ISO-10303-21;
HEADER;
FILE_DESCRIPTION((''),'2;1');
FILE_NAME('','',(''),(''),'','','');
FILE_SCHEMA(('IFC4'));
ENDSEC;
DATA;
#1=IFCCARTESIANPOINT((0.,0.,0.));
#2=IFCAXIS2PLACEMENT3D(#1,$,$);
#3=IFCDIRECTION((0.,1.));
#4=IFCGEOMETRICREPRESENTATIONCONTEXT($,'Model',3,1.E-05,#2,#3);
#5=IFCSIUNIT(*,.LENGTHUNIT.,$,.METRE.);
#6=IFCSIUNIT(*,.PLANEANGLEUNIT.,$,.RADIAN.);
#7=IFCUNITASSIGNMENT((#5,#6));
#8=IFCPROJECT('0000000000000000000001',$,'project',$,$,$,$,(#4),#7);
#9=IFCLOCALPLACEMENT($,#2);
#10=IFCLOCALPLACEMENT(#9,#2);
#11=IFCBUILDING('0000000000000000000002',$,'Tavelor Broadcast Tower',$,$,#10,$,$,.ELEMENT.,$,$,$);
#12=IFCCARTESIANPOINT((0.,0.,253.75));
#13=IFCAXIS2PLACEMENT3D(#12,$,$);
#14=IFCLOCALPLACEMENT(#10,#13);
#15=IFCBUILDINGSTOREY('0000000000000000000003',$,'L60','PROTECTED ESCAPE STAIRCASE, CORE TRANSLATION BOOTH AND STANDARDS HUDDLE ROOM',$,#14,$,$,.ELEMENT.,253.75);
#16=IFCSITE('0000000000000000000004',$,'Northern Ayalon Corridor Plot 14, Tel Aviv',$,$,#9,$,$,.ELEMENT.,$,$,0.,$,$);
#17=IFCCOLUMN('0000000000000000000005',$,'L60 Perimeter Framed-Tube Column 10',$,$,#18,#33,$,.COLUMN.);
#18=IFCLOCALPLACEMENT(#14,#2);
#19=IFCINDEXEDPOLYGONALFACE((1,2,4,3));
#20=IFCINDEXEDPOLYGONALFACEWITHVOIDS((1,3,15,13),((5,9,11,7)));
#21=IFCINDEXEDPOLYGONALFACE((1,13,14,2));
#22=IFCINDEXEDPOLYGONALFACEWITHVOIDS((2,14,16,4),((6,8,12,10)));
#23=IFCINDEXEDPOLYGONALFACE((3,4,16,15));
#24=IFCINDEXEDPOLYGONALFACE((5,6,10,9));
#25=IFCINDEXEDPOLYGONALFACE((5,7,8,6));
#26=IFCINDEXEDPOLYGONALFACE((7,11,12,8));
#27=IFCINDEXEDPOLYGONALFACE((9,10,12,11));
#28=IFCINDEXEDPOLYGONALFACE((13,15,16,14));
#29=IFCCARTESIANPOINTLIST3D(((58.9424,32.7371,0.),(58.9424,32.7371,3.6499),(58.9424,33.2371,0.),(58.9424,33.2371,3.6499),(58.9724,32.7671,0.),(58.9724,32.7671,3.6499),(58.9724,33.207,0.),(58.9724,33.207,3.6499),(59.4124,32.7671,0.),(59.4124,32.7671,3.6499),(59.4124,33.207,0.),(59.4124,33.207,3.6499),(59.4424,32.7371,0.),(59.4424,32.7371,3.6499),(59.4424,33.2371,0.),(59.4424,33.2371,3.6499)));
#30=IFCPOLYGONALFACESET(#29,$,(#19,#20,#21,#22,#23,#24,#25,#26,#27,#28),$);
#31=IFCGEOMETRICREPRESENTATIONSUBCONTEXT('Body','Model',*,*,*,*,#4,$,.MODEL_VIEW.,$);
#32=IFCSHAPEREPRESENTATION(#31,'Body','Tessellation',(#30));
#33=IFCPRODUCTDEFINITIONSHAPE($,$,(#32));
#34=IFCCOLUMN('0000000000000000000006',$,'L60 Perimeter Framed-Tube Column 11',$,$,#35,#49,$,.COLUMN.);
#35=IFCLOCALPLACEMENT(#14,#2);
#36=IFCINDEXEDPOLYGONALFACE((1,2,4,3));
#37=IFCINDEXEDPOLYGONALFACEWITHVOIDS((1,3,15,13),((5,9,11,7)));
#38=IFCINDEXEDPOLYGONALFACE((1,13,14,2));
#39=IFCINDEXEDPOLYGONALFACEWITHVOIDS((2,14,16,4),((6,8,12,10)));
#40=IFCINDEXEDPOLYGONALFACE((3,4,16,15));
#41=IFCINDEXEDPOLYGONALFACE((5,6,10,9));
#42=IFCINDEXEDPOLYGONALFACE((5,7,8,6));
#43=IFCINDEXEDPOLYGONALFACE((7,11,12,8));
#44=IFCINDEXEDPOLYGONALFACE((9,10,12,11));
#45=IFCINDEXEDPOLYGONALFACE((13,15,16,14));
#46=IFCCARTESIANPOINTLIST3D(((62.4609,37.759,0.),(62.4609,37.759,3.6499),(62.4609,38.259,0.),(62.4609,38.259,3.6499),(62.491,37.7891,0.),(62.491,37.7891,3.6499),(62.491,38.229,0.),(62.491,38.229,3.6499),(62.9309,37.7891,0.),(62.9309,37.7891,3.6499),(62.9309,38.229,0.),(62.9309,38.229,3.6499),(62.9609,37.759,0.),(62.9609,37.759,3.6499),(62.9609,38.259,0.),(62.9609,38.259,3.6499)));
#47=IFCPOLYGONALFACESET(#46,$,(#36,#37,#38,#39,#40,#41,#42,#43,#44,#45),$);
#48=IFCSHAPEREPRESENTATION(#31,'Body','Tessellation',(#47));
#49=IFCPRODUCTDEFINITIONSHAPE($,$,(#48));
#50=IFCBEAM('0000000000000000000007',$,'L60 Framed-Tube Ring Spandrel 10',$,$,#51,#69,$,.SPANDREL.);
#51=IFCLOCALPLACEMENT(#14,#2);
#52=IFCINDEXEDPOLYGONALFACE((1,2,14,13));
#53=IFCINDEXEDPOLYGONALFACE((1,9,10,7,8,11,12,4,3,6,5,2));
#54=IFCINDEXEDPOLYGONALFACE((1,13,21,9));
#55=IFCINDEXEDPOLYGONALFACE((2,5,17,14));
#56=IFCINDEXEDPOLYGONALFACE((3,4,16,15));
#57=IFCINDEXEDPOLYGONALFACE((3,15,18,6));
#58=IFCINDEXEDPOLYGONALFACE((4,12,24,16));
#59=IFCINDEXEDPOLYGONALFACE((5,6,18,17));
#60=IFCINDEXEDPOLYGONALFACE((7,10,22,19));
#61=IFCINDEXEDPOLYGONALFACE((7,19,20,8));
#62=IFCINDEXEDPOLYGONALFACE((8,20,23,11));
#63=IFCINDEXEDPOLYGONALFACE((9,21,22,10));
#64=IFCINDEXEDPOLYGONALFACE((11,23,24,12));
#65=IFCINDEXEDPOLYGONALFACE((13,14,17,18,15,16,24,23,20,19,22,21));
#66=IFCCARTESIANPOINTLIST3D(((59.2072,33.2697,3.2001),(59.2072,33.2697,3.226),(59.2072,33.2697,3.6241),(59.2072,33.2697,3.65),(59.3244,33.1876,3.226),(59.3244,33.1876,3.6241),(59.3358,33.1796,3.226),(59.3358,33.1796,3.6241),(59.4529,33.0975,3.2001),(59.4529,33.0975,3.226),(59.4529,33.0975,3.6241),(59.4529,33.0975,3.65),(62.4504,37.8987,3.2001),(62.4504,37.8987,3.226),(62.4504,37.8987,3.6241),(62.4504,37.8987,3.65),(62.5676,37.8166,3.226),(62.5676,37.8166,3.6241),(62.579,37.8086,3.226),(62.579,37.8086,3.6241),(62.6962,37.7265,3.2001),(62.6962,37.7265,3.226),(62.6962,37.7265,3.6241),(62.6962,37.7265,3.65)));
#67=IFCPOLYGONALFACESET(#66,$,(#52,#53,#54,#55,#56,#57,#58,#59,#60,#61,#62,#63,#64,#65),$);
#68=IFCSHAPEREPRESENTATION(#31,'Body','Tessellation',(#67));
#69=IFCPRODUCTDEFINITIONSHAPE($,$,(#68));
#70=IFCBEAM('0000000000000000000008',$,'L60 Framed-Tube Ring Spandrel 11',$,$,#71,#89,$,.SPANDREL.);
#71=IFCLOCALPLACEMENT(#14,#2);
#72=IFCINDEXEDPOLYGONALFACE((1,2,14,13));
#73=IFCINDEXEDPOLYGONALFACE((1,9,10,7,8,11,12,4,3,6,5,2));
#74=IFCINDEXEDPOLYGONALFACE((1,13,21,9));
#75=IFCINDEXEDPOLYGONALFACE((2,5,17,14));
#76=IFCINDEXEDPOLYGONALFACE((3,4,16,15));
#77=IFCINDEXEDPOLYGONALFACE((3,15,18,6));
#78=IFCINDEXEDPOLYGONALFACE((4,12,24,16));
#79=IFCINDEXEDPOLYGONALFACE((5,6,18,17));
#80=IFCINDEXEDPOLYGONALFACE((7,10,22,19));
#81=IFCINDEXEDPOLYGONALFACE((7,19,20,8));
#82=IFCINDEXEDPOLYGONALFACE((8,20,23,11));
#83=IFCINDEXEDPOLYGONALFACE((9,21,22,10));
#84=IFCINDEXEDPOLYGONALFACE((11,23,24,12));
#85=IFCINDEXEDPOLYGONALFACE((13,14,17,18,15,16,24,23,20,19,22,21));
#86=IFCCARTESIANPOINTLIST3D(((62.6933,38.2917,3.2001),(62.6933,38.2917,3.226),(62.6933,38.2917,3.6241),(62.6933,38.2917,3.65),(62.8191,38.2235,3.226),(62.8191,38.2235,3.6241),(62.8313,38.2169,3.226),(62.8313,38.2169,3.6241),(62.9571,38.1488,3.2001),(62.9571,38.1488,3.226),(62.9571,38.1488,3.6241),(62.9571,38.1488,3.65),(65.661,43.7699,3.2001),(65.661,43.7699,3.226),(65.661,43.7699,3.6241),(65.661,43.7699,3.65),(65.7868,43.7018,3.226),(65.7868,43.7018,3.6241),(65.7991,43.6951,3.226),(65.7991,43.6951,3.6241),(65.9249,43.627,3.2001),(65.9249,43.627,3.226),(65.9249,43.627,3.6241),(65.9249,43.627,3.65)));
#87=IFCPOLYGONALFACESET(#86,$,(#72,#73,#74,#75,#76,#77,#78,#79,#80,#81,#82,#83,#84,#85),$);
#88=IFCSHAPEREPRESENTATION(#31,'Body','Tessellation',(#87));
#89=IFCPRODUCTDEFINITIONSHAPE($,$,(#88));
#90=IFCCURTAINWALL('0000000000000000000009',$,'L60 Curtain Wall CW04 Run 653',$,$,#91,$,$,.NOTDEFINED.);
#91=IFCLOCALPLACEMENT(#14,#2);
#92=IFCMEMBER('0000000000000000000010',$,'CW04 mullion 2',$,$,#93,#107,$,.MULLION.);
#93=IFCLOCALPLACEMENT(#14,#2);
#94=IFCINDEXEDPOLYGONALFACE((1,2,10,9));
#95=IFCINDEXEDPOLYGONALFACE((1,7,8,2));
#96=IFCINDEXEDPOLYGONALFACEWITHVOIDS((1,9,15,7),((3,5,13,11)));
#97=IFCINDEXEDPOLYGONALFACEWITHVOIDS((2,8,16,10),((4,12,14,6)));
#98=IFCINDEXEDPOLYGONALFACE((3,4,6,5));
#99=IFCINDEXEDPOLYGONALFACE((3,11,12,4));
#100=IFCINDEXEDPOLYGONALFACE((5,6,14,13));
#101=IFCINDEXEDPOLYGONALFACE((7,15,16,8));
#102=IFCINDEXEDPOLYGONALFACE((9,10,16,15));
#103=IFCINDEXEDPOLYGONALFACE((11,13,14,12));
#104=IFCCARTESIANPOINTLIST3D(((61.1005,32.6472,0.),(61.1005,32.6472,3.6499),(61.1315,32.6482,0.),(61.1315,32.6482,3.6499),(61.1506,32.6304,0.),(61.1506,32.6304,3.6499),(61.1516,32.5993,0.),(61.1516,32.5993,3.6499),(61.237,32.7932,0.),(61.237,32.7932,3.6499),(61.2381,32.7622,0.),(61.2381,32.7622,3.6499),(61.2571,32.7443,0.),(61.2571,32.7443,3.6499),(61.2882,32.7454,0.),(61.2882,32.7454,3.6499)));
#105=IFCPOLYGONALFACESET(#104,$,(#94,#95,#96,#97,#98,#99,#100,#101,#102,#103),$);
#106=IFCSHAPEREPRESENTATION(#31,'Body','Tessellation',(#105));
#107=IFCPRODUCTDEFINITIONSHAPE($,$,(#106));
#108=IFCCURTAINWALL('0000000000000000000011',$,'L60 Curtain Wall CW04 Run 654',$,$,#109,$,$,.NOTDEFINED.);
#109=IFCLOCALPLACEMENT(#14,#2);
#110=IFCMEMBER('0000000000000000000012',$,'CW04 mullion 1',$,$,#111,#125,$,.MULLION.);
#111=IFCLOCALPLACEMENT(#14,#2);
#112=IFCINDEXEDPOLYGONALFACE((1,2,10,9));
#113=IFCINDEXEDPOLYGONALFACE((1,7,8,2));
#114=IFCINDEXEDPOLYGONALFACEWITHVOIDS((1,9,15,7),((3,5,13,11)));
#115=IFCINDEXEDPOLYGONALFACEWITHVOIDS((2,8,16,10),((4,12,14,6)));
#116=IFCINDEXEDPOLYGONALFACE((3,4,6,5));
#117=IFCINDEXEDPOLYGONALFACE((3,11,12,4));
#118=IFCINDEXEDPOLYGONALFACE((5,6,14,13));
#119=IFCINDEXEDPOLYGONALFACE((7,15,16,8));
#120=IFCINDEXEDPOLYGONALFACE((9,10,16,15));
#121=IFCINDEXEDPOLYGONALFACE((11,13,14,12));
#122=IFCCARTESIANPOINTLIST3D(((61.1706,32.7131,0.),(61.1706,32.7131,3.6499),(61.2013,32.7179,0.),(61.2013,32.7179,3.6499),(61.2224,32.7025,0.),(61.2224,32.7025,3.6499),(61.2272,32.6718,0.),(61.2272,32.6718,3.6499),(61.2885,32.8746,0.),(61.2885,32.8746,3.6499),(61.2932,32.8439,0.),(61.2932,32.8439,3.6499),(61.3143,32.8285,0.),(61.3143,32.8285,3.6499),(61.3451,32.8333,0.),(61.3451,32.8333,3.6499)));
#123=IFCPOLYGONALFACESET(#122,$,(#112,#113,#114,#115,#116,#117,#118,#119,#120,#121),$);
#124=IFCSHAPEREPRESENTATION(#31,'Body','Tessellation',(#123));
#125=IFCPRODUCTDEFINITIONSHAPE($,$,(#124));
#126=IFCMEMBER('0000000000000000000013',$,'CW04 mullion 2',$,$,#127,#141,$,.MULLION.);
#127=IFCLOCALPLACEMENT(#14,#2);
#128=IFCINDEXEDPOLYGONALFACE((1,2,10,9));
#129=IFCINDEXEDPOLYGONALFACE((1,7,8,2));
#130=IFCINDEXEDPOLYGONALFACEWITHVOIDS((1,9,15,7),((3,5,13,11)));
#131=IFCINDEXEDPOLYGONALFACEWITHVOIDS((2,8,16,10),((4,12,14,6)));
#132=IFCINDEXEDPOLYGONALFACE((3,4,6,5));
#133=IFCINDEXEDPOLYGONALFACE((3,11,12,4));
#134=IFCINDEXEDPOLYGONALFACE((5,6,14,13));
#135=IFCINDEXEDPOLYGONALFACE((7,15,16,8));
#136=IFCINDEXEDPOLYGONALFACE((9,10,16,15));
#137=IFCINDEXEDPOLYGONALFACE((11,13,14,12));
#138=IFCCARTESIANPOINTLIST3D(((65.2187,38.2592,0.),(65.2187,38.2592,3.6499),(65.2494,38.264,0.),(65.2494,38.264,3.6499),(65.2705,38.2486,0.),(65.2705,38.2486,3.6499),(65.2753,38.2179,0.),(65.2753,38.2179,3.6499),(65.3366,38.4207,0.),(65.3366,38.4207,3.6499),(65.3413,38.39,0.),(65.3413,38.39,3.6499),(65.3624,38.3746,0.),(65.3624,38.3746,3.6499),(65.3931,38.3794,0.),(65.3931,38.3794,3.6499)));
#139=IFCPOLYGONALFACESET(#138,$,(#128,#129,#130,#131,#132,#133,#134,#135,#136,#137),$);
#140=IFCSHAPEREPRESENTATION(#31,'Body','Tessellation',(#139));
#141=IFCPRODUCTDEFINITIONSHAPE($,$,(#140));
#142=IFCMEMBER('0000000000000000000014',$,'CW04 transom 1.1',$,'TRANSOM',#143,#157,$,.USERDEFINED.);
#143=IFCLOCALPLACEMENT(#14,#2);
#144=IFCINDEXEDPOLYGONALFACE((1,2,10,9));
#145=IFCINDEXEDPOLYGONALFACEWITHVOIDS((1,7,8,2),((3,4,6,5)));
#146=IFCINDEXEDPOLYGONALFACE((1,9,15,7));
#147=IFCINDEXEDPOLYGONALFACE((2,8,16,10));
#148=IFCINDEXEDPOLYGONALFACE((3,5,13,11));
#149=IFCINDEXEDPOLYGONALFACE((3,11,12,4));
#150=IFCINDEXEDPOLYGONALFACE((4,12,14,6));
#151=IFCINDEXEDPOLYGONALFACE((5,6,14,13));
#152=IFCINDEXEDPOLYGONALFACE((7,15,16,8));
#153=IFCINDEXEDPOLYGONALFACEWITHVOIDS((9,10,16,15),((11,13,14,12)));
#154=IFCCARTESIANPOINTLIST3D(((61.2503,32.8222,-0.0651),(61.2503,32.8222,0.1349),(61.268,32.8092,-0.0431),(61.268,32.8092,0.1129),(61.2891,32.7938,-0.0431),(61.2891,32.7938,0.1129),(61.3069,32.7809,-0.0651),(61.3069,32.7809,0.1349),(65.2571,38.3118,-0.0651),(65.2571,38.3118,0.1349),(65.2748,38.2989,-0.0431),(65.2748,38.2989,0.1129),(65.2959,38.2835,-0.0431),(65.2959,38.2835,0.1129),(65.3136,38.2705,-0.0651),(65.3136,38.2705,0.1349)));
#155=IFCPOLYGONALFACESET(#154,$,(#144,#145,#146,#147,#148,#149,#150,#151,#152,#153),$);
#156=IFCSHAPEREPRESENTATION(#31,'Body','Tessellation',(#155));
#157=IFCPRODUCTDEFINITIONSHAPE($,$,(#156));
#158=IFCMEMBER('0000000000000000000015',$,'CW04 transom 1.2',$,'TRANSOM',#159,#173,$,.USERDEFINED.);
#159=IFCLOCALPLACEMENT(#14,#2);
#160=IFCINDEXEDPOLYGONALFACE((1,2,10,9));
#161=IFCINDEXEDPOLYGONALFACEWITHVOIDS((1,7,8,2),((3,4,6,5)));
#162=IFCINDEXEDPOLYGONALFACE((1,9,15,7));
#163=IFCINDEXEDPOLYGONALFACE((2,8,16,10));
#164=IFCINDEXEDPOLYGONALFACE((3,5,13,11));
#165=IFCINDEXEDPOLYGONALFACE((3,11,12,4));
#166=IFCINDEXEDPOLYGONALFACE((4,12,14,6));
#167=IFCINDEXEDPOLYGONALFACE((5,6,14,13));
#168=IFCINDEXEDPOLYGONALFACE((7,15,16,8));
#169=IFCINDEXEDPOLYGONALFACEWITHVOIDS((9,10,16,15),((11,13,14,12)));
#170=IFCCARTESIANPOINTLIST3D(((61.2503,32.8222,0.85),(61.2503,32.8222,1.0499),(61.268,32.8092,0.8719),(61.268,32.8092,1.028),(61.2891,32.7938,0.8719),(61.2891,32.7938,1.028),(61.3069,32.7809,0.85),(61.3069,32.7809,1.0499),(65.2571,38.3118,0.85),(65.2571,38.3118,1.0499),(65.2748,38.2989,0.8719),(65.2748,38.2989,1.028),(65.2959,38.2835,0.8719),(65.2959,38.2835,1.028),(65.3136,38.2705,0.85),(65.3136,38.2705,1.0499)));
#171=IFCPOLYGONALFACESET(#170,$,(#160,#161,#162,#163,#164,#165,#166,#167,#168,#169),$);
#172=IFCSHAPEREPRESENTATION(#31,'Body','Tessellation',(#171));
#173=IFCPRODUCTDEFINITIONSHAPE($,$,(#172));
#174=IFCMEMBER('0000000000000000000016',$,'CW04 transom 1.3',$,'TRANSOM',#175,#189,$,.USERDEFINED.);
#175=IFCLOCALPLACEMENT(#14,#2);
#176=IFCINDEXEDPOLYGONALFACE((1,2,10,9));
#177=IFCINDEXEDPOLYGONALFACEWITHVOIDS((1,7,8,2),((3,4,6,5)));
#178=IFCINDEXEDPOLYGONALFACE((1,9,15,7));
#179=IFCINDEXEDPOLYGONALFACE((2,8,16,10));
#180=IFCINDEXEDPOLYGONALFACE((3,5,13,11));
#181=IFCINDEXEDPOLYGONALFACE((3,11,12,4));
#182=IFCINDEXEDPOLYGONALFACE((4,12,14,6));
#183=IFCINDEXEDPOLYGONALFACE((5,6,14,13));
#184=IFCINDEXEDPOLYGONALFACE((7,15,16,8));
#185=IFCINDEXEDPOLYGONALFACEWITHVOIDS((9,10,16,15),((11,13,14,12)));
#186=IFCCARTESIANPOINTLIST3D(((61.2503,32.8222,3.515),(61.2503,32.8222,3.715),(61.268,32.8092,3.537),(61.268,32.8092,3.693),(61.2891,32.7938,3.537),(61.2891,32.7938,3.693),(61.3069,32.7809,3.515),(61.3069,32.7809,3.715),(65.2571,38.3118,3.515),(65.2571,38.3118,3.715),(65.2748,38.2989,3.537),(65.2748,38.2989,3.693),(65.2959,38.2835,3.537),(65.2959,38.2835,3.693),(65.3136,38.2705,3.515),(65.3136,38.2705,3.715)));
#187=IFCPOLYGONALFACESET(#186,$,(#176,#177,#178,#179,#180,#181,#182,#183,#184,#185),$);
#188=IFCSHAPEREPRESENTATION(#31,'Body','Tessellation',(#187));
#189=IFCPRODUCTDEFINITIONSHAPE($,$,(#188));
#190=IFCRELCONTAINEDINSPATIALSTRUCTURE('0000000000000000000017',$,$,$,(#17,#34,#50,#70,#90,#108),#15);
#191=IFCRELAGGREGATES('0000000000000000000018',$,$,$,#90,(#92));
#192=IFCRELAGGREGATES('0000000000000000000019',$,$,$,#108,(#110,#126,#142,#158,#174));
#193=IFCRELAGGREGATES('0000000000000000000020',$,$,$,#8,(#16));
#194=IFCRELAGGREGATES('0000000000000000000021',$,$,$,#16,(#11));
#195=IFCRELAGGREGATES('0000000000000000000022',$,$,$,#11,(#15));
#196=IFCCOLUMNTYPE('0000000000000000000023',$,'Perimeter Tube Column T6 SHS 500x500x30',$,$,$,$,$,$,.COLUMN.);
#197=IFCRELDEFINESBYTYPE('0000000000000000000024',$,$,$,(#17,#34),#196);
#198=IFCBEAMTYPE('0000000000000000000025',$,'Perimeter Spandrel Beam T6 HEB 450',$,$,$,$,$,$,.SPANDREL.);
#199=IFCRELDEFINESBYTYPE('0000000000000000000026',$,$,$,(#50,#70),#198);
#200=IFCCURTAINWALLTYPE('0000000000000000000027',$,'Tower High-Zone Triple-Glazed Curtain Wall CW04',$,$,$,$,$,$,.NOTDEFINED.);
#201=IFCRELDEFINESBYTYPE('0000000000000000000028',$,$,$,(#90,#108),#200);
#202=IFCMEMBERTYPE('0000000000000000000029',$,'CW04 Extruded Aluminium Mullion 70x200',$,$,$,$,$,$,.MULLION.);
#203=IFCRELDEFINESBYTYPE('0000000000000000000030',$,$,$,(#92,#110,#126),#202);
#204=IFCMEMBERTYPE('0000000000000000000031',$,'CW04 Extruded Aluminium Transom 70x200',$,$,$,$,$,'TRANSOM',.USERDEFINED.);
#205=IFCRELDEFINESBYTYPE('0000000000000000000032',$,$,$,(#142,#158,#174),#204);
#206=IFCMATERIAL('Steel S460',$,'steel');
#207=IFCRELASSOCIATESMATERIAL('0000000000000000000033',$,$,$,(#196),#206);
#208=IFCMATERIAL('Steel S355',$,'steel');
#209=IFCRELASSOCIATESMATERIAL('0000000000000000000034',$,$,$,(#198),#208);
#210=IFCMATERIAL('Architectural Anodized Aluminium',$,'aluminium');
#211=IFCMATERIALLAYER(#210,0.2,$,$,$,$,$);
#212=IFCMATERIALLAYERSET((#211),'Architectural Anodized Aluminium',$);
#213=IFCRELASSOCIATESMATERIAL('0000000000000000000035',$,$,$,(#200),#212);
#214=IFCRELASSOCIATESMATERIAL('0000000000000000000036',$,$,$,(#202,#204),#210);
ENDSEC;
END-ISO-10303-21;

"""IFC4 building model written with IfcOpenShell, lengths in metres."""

from ifc_helpers import new_model, si_unit, direction, frame, origin, origin_2d, place, context, subcontext, project, spatial, hollow_rectangle, i_section, extrude, source, transform, mapped, material, layer, layer_set, material_profile, profile_set, type_object, type_shapes, element, aggregate, save


model = new_model("IFC4")

# Units and contexts
model_context = context("Model", 3, precision=1e-05, world=origin(), true_north=direction((0.0, 1.0)))
body_context = subcontext(model_context, "Body", "Model", "MODEL_VIEW")
ifc_project = project(units=[si_unit("LENGTHUNIT", "METRE"), si_unit("PLANEANGLEUNIT", "RADIAN")], contexts=[model_context])

# Site, building, storey
site_placement = place(None, origin())
site = spatial("IfcSite", under=ifc_project, at=site_placement, Name="Northern Ayalon Corridor Plot 14, Tel Aviv", CompositionType="ELEMENT", RefElevation=0.0)
building_placement = place(site_placement, origin())
building = spatial("IfcBuilding", under=site, at=building_placement, Name="Tavelor Broadcast Tower", CompositionType="ELEMENT")
storey_placement = place(building_placement, frame((0.0, 0.0, 253.75)))
storey = spatial("IfcBuildingStorey", under=building, at=storey_placement, Name="L60", Description="PROTECTED ESCAPE STAIRCASE, CORE TRANSLATION BOOTH AND STANDARDS HUDDLE ROOM", CompositionType="ELEMENT", Elevation=253.75)

# Columns
ifc_material_1 = material(Name="Steel S460", Category="steel")
ifc_material_profile_1 = material_profile(ifc_material_1, hollow_rectangle(XDim=0.5, YDim=0.5, WallThickness=0.03, at=origin_2d()), Name="SHS 500x500x30")
ifc_profile_set_1 = profile_set([ifc_material_profile_1], Name="Steel S460")
column_type = type_object("IfcColumnType", Name="Perimeter Tube Column T6 SHS 500x500x30", PredefinedType="COLUMN", material=ifc_profile_set_1)
for number, where, z_axis, x_axis, name in (
    (1, (59.1924, 32.9871, 0.0), (0.0, 0.0, 1.0), (1.0, 0.0, 0.0), "L60 Perimeter Framed-Tube Column 10"),
    (2, (62.7109, 38.009, 0.0), (0.0, 0.0, 1.0), (1.0, 0.0, 0.0), "L60 Perimeter Framed-Tube Column 11"),
):
    element("IfcColumn", number, at=place(storey_placement, frame(where, z_axis=z_axis, x_axis=x_axis)), inside=storey, type_object=column_type, Name=name, PredefinedType="COLUMN", context=body_context, shape_type="SweptSolid", body=[
        extrude(hollow_rectangle(XDim=0.5, YDim=0.5, WallThickness=0.03, at=origin_2d()), origin(), (0.0, 0.0, 1.0), 3.6499),
    ])

# Beams
ifc_material_2 = material(Name="Steel S355", Category="steel")
ifc_material_profile_2 = material_profile(ifc_material_2, i_section(OverallWidth=0.3, OverallDepth=0.45, WebThickness=0.0139, FlangeThickness=0.0259, at=origin_2d()), Name="HEB 450")
ifc_profile_set_2 = profile_set([ifc_material_profile_2], Name="Steel S355")
beam_type = type_object("IfcBeamType", Name="Perimeter Spandrel Beam T6 HEB 450", PredefinedType="SPANDREL", material=ifc_profile_set_2)
beam_1_placement = place(storey_placement, frame((59.3301, 33.1836, 3.425), z_axis=(0.57381, 0.818988, 0.0), x_axis=(-0.818988, 0.57381, 0.0)))
element("IfcBeam", 3, at=beam_1_placement, inside=storey, type_object=beam_type, Name="L60 Framed-Tube Ring Spandrel 10", PredefinedType="SPANDREL", context=body_context, shape_type="SweptSolid", body=[
    extrude(i_section(OverallWidth=0.3, OverallDepth=0.45, WebThickness=0.0139, FlangeThickness=0.0259, at=origin_2d()), origin(), (0.0, 0.0, 1.0), 5.6521),
])
beam_2_placement = place(storey_placement, frame((62.8252, 38.2202, 3.425), z_axis=(0.47633, 0.879267, 0.0), x_axis=(-0.879267, 0.47633, 0.0)))
element("IfcBeam", 4, at=beam_2_placement, inside=storey, type_object=beam_type, Name="L60 Framed-Tube Ring Spandrel 11", PredefinedType="SPANDREL", context=body_context, shape_type="SweptSolid", body=[
    extrude(i_section(OverallWidth=0.3, OverallDepth=0.45, WebThickness=0.0139, FlangeThickness=0.0259, at=origin_2d()), origin(), (0.0, 0.0, 1.0), 6.2305),
])

# Curtain wall, member
ifc_material_3 = material(Name="Architectural Anodized Aluminium", Category="aluminium")
ifc_layer_1 = layer(ifc_material_3, 0.2)
ifc_layer_set_1 = layer_set([ifc_layer_1], Name="Architectural Anodized Aluminium")
curtain_wall_type = type_object("IfcCurtainWallType", Name="Tower High-Zone Triple-Glazed Curtain Wall CW04", PredefinedType="NOTDEFINED", material=ifc_layer_set_1)
curtain_wall_1_placement = place(storey_placement, origin())
curtain_wall_1 = element("IfcCurtainWall", 5, at=curtain_wall_1_placement, inside=storey, type_object=curtain_wall_type, Name="L60 Curtain Wall CW04 Run 653", PredefinedType="NOTDEFINED")
ifc_material_profile_3 = material_profile(ifc_material_3, hollow_rectangle(XDim=0.0701, YDim=0.2, WallThickness=0.022, at=origin_2d()), Name="RHS 70x200x22")
ifc_profile_set_3 = profile_set([ifc_material_profile_3], Name="Architectural Anodized Aluminium")
member_type_1 = type_object("IfcMemberType", Name="CW04 Extruded Aluminium Mullion 70x200", PredefinedType="MULLION", material=ifc_profile_set_3)
shared_shape_1 = source(origin(), body_context, "Body", "SweptSolid", [
    extrude(hollow_rectangle(XDim=0.0701, YDim=0.2, WallThickness=0.022, at=origin_2d()), origin(), (0.0, 0.0, 1.0), 3.6499),
])
type_shapes(member_type_1, [shared_shape_1])
member_1_placement = place(storey_placement, frame((61.1943, 32.6963, 0.0), z_axis=(0.0, 0.0, 1.0), x_axis=(-0.730452, 0.682964, 0.0)))
member_1 = element("IfcMember", 6, at=member_1_placement, type_object=member_type_1, Name="CW04 mullion 2", PredefinedType="MULLION", context=body_context, shape_type="MappedRepresentation", body=[
    mapped(shared_shape_1, transform((0.0, 0.0, 0.0), scale=1.0)),
])

# Curtain wall, members
curtain_wall_2_placement = place(storey_placement, origin())
curtain_wall_2 = element("IfcCurtainWall", 7, at=curtain_wall_2_placement, inside=storey, type_object=curtain_wall_type, Name="L60 Curtain Wall CW04 Run 654", PredefinedType="NOTDEFINED")
member_2_placement = place(storey_placement, frame((61.2578, 32.7732, 0.0), z_axis=(0.0, 0.0, 1.0), x_axis=(-0.807733, 0.589548, 0.0)))
member_2 = element("IfcMember", 8, at=member_2_placement, type_object=member_type_1, Name="CW04 mullion 1", PredefinedType="MULLION", context=body_context, shape_type="MappedRepresentation", body=[
    mapped(shared_shape_1, transform((0.0, 0.0, 0.0), scale=1.0)),
])
member_3_placement = place(storey_placement, frame((65.3059, 38.3193, 0.0), z_axis=(0.0, 0.0, 1.0), x_axis=(-0.807733, 0.589548, 0.0)))
member_3 = element("IfcMember", 9, at=member_3_placement, type_object=member_type_1, Name="CW04 mullion 2", PredefinedType="MULLION", context=body_context, shape_type="MappedRepresentation", body=[
    mapped(shared_shape_1, transform((0.0, 0.0, 0.0), scale=1.0)),
])
ifc_material_profile_4 = material_profile(ifc_material_3, hollow_rectangle(XDim=0.0701, YDim=0.2, WallThickness=0.022, at=origin_2d()), Name="RHS 70x200x22")
ifc_profile_set_4 = profile_set([ifc_material_profile_4], Name="Architectural Anodized Aluminium")
member_type_2 = type_object("IfcMemberType", Name="CW04 Extruded Aluminium Transom 70x200", ElementType="TRANSOM", PredefinedType="USERDEFINED", material=ifc_profile_set_4)
shared_shape_2 = source(origin(), body_context, "Body", "SweptSolid", [
    extrude(hollow_rectangle(XDim=0.0701, YDim=0.2, WallThickness=0.022, at=origin_2d()), origin(), (0.0, 0.0, 1.0), 6.7964),
])
type_shapes(member_type_2, [shared_shape_2])
member_4_placement = place(storey_placement, frame((61.2786, 32.8015, 0.0349), z_axis=(0.589546, 0.807735, 0.0), x_axis=(-0.807735, 0.589546, 0.0)))
member_4 = element("IfcMember", 10, at=member_4_placement, type_object=member_type_2, Name="CW04 transom 1.1", ObjectType="TRANSOM", PredefinedType="USERDEFINED", context=body_context, shape_type="MappedRepresentation", body=[
    mapped(shared_shape_2, transform((0.0, 0.0, 0.0), scale=1.0)),
])
member_5_placement = place(storey_placement, frame((61.2786, 32.8015, 0.95), z_axis=(0.589546, 0.807735, 0.0), x_axis=(-0.807735, 0.589546, 0.0)))
member_5 = element("IfcMember", 11, at=member_5_placement, type_object=member_type_2, Name="CW04 transom 1.2", ObjectType="TRANSOM", PredefinedType="USERDEFINED", context=body_context, shape_type="MappedRepresentation", body=[
    mapped(shared_shape_2, transform((0.0, 0.0, 0.0), scale=1.0)),
])
member_6_placement = place(storey_placement, frame((61.2786, 32.8015, 3.615), z_axis=(0.589546, 0.807735, 0.0), x_axis=(-0.807735, 0.589546, 0.0)))
member_6 = element("IfcMember", 12, at=member_6_placement, type_object=member_type_2, Name="CW04 transom 1.3", ObjectType="TRANSOM", PredefinedType="USERDEFINED", context=body_context, shape_type="MappedRepresentation", body=[
    mapped(shared_shape_2, transform((0.0, 0.0, 0.0), scale=1.0)),
])

aggregate(curtain_wall_1, [member_1])
aggregate(curtain_wall_2, [member_2, member_3, member_4, member_5, member_6])

save(model, "model.ifc")
